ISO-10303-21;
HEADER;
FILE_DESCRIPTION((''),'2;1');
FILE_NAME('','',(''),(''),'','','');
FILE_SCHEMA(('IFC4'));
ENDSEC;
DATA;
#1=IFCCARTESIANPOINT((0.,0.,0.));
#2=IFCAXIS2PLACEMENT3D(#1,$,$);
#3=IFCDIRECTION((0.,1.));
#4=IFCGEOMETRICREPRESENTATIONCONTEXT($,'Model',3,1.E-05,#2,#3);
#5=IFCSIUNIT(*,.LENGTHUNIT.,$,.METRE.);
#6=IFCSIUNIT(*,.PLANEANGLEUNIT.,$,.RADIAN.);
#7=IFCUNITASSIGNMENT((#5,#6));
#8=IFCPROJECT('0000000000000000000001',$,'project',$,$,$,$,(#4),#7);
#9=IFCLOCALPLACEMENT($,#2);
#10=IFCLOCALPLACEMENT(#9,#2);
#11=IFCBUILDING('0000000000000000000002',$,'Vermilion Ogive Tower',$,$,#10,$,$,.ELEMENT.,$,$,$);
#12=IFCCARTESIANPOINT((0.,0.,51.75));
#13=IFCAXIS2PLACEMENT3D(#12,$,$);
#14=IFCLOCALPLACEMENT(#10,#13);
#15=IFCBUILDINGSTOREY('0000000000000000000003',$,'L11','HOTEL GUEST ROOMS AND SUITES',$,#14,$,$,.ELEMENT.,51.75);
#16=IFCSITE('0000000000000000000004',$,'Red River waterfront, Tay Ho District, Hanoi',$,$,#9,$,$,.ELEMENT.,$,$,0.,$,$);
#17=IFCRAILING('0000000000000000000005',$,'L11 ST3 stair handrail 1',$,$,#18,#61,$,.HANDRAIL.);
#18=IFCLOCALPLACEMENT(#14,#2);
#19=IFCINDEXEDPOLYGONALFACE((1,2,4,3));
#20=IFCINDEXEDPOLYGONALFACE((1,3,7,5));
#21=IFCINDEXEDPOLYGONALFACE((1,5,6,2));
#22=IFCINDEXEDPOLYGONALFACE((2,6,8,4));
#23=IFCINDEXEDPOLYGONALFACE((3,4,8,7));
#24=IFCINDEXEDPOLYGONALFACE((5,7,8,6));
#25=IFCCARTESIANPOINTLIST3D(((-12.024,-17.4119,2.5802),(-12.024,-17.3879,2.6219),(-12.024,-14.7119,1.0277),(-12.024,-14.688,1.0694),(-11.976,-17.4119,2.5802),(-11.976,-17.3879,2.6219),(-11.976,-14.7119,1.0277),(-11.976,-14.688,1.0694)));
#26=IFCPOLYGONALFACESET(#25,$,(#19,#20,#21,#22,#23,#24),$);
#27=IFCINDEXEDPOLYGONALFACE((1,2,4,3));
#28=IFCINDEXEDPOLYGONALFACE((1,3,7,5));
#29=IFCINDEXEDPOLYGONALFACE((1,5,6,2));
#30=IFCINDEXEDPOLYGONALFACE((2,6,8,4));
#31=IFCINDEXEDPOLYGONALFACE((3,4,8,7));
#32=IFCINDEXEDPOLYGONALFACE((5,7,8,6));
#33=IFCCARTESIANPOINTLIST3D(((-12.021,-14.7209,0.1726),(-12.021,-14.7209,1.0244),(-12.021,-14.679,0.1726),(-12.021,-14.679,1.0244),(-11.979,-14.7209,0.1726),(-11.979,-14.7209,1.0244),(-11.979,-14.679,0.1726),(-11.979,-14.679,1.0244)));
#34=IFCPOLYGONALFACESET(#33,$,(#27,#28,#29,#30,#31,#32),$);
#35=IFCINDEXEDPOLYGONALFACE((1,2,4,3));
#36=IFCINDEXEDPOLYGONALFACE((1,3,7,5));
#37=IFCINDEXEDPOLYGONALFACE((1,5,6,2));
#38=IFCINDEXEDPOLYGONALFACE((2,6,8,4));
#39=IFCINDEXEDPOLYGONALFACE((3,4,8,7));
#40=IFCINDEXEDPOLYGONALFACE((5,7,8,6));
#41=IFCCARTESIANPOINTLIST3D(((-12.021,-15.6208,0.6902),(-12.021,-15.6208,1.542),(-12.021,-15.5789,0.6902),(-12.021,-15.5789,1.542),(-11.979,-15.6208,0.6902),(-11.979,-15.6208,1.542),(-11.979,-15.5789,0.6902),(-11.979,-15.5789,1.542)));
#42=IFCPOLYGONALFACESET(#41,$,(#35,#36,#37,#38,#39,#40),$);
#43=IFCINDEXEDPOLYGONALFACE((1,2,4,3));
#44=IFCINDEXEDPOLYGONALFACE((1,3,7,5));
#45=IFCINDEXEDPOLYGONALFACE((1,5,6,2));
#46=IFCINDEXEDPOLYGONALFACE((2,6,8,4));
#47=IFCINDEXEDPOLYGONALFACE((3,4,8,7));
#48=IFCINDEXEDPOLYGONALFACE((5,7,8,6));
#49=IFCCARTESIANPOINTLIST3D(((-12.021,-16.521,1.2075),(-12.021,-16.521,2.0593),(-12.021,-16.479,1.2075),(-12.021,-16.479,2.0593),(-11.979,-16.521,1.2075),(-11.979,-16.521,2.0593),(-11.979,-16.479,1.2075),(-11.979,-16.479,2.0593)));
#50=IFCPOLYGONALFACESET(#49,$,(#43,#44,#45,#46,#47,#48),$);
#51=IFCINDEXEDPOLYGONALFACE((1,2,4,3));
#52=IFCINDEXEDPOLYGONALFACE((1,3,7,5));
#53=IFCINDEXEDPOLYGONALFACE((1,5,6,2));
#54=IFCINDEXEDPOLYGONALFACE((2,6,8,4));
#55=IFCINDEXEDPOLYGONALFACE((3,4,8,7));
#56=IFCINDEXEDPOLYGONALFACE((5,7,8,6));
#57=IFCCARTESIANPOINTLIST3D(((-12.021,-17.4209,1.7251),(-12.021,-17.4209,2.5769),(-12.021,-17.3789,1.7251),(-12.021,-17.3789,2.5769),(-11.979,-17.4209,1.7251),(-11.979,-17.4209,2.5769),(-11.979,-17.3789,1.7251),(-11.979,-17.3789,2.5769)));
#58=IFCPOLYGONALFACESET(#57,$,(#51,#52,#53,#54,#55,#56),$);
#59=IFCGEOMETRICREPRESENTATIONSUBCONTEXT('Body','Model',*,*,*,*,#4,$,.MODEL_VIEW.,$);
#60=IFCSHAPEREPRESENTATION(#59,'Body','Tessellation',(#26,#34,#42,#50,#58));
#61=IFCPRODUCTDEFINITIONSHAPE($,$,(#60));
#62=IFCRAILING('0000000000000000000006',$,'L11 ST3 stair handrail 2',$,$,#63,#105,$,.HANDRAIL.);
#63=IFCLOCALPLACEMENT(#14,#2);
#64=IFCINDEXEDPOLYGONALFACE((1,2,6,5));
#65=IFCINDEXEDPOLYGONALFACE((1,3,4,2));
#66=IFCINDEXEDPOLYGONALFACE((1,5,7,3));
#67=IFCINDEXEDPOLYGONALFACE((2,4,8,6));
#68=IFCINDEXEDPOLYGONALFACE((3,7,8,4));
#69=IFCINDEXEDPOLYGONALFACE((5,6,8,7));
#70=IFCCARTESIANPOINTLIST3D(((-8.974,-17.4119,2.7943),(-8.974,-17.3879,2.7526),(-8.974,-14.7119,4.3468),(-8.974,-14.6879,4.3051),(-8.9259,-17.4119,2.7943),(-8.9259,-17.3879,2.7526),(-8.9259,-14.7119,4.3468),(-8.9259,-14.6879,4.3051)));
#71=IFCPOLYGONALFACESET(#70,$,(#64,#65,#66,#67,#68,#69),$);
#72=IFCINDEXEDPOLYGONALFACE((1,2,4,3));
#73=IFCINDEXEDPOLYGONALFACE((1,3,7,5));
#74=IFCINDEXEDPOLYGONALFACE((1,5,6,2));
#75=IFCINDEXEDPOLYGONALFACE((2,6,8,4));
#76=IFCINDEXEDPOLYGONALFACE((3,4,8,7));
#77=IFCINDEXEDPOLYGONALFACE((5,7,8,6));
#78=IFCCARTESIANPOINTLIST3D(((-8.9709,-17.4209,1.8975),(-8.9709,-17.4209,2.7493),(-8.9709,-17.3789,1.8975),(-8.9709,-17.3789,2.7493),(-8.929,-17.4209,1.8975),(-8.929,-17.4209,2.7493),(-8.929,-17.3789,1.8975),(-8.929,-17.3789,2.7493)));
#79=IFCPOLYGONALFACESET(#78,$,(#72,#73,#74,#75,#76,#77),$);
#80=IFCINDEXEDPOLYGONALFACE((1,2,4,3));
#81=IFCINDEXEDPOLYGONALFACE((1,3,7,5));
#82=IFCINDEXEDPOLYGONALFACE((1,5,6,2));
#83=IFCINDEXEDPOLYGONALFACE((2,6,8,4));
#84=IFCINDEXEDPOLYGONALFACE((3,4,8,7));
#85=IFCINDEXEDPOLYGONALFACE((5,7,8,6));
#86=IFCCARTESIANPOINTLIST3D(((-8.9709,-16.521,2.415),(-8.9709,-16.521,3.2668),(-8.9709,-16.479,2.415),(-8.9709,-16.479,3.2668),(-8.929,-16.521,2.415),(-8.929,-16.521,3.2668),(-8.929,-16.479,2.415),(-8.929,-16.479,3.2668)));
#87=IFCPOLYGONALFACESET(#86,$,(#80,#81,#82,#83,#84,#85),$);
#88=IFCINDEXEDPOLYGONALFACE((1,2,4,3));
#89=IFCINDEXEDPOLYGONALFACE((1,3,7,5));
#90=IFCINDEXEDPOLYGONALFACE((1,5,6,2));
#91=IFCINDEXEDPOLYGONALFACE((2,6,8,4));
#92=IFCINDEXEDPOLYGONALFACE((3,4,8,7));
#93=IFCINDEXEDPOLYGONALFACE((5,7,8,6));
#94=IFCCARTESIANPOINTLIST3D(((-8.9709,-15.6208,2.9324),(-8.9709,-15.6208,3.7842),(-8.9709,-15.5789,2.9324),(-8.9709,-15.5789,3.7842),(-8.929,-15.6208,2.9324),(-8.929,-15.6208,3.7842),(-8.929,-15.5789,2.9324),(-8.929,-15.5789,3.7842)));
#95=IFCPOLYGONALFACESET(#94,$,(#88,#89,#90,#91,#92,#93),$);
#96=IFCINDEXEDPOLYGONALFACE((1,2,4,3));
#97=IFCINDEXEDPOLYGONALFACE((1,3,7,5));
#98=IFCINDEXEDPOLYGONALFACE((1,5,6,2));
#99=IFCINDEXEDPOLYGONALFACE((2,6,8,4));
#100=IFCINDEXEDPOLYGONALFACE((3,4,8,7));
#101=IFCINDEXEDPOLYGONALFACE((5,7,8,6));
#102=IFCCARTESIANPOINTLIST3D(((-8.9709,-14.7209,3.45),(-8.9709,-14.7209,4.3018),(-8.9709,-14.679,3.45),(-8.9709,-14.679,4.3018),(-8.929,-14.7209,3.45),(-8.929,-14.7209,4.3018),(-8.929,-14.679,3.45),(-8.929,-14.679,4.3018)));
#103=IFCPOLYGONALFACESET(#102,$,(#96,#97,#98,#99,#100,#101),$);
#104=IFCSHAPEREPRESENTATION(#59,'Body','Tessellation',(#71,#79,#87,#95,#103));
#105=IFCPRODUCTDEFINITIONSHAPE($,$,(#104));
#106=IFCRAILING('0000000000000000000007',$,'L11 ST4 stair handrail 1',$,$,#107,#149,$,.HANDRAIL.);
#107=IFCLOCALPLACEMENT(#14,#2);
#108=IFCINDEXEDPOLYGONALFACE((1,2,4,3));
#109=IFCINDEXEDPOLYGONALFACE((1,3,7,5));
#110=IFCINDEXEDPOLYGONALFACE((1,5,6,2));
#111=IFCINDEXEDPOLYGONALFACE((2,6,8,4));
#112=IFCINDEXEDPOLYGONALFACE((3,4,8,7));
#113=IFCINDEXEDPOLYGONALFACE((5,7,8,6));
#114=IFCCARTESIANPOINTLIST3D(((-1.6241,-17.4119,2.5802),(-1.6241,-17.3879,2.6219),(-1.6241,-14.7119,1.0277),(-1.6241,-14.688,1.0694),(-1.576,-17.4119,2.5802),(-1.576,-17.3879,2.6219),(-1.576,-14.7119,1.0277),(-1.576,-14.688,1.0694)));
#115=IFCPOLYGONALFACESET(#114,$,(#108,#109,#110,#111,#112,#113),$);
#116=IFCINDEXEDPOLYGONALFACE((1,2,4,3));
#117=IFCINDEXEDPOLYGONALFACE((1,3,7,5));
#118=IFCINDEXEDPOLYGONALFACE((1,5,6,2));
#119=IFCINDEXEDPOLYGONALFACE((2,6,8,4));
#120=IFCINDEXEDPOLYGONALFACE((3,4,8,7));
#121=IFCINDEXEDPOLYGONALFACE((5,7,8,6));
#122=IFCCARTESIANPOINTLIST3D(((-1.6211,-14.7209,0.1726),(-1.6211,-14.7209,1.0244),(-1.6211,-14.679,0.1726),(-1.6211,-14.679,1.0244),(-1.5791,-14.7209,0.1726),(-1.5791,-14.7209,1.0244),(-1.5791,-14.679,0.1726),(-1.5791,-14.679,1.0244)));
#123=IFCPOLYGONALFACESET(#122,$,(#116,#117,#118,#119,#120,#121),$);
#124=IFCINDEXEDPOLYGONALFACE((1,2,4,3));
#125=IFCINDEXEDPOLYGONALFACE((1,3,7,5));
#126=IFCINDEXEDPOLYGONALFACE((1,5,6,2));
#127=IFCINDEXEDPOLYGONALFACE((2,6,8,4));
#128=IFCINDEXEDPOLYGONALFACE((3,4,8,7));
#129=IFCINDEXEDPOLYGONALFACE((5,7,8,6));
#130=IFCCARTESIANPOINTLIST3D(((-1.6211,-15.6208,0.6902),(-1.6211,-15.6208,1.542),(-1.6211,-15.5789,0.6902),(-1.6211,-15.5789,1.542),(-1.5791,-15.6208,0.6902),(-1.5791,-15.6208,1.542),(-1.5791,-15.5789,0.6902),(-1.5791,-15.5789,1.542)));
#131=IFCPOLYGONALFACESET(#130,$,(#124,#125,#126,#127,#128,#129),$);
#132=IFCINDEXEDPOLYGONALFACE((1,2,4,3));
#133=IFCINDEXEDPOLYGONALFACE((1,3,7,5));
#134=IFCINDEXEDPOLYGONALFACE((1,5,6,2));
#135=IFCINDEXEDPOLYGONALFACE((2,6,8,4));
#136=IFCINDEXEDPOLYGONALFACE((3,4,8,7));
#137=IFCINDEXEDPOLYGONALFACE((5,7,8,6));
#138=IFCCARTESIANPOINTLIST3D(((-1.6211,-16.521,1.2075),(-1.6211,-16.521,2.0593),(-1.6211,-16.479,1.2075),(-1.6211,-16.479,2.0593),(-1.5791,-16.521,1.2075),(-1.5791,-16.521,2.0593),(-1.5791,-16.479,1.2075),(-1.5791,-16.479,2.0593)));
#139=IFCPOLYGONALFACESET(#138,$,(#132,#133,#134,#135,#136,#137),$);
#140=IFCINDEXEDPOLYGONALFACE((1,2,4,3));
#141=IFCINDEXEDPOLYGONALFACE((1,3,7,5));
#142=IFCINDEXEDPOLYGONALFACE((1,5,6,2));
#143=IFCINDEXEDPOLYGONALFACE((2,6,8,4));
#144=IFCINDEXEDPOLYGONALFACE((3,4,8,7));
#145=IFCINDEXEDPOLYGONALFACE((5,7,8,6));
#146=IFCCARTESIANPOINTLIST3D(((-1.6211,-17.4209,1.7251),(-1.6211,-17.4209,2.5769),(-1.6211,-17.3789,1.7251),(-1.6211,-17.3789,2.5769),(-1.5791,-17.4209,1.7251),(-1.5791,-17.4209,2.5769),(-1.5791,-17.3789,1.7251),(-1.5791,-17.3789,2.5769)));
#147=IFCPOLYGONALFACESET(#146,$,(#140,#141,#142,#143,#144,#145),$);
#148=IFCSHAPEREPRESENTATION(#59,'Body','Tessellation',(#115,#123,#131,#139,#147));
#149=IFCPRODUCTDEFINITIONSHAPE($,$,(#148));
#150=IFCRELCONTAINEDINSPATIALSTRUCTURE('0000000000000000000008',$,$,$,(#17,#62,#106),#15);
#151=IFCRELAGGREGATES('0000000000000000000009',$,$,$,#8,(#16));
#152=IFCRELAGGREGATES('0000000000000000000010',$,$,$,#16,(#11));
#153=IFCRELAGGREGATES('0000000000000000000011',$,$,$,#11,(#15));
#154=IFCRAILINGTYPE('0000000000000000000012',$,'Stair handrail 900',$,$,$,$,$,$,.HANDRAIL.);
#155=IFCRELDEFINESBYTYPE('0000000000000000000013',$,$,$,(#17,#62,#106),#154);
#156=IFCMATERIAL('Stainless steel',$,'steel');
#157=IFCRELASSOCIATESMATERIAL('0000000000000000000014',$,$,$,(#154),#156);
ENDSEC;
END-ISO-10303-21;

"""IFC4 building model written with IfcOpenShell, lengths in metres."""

from ifc_helpers import new_model, si_unit, direction, frame, origin, origin_2d, place, context, subcontext, project, spatial, rectangle, extrude, material, type_object, element, save


model = new_model("IFC4")

# Units and contexts
model_context = context("Model", 3, precision=1e-05, world=origin(), true_north=direction((0.0, 1.0)))
body_context = subcontext(model_context, "Body", "Model", "MODEL_VIEW")
ifc_project = project(units=[si_unit("LENGTHUNIT", "METRE"), si_unit("PLANEANGLEUNIT", "RADIAN")], contexts=[model_context])

# Site, building, storey
site_placement = place(None, origin())
site = spatial("IfcSite", under=ifc_project, at=site_placement, Name="Red River waterfront, Tay Ho District, Hanoi", CompositionType="ELEMENT", RefElevation=0.0)
building_placement = place(site_placement, origin())
building = spatial("IfcBuilding", under=site, at=building_placement, Name="Vermilion Ogive Tower", CompositionType="ELEMENT")
storey_placement = place(building_placement, frame((0.0, 0.0, 51.75)))
storey = spatial("IfcBuildingStorey", under=building, at=storey_placement, Name="L11", Description="HOTEL GUEST ROOMS AND SUITES", CompositionType="ELEMENT", Elevation=51.75)

# Railings
ifc_material_1 = material(Name="Stainless steel", Category="steel")
railing_type_1 = type_object("IfcRailingType", Name="Stair handrail 900", PredefinedType="HANDRAIL", material=ifc_material_1)
railing_1_placement = place(storey_placement, frame((-12.0, -14.7, 0.1726)))
element("IfcRailing", 1, at=railing_1_placement, inside=storey, type_object=railing_type_1, Name="L11 ST3 stair handrail 1", PredefinedType="HANDRAIL", context=body_context, shape_type="SweptSolid", body=[
    extrude(rectangle(XDim=0.0481, YDim=0.0481, at=origin_2d()), frame((0.0, 0.0, 0.876), z_axis=(0.0, -0.866904, 0.498476), x_axis=(1.0, 0.0, 0.0)), (0.0, 0.0, 1.0), 3.1145),
    extrude(rectangle(XDim=0.042, YDim=0.042, at=origin_2d()), origin(), (0.0, 0.0, 1.0), 0.8518),
    extrude(rectangle(XDim=0.042, YDim=0.042, at=origin_2d()), frame((0.0, -0.8999, 0.5176)), (0.0, 0.0, 1.0), 0.8518),
    extrude(rectangle(XDim=0.042, YDim=0.042, at=origin_2d()), frame((0.0, -1.8, 1.0349)), (0.0, 0.0, 1.0), 0.8518),
    extrude(rectangle(XDim=0.042, YDim=0.042, at=origin_2d()), frame((0.0, -2.7, 1.5525)), (0.0, 0.0, 1.0), 0.8518),
])
railing_2_placement = place(storey_placement, frame((-8.95, -17.3999, 1.8975)))
element("IfcRailing", 2, at=railing_2_placement, inside=storey, type_object=railing_type_1, Name="L11 ST3 stair handrail 2", PredefinedType="HANDRAIL", context=body_context, shape_type="SweptSolid", body=[
    extrude(rectangle(XDim=0.0481, YDim=0.0481, at=origin_2d()), frame((0.0, 0.0, 0.876), z_axis=(0.0, 0.866904, 0.498476), x_axis=(-1.0, 0.0, 0.0)), (0.0, 0.0, 1.0), 3.1145),
    extrude(rectangle(XDim=0.042, YDim=0.042, at=origin_2d()), origin(), (0.0, 0.0, 1.0), 0.8518),
    extrude(rectangle(XDim=0.042, YDim=0.042, at=origin_2d()), frame((0.0, 0.8999, 0.5176)), (0.0, 0.0, 1.0), 0.8518),
    extrude(rectangle(XDim=0.042, YDim=0.042, at=origin_2d()), frame((0.0, 1.8, 1.0349)), (0.0, 0.0, 1.0), 0.8518),
    extrude(rectangle(XDim=0.042, YDim=0.042, at=origin_2d()), frame((0.0, 2.7, 1.5525)), (0.0, 0.0, 1.0), 0.8518),
])
railing_3_placement = place(storey_placement, frame((-1.6001, -14.7, 0.1726)))
element("IfcRailing", 3, at=railing_3_placement, inside=storey, type_object=railing_type_1, Name="L11 ST4 stair handrail 1", PredefinedType="HANDRAIL", context=body_context, shape_type="SweptSolid", body=[
    extrude(rectangle(XDim=0.0481, YDim=0.0481, at=origin_2d()), frame((0.0, 0.0, 0.876), z_axis=(0.0, -0.866904, 0.498476), x_axis=(1.0, 0.0, 0.0)), (0.0, 0.0, 1.0), 3.1145),
    extrude(rectangle(XDim=0.042, YDim=0.042, at=origin_2d()), origin(), (0.0, 0.0, 1.0), 0.8518),
    extrude(rectangle(XDim=0.042, YDim=0.042, at=origin_2d()), frame((0.0, -0.8999, 0.5176)), (0.0, 0.0, 1.0), 0.8518),
    extrude(rectangle(XDim=0.042, YDim=0.042, at=origin_2d()), frame((0.0, -1.8, 1.0349)), (0.0, 0.0, 1.0), 0.8518),
    extrude(rectangle(XDim=0.042, YDim=0.042, at=origin_2d()), frame((0.0, -2.7, 1.5525)), (0.0, 0.0, 1.0), 0.8518),
])

save(model, "model.ifc")
